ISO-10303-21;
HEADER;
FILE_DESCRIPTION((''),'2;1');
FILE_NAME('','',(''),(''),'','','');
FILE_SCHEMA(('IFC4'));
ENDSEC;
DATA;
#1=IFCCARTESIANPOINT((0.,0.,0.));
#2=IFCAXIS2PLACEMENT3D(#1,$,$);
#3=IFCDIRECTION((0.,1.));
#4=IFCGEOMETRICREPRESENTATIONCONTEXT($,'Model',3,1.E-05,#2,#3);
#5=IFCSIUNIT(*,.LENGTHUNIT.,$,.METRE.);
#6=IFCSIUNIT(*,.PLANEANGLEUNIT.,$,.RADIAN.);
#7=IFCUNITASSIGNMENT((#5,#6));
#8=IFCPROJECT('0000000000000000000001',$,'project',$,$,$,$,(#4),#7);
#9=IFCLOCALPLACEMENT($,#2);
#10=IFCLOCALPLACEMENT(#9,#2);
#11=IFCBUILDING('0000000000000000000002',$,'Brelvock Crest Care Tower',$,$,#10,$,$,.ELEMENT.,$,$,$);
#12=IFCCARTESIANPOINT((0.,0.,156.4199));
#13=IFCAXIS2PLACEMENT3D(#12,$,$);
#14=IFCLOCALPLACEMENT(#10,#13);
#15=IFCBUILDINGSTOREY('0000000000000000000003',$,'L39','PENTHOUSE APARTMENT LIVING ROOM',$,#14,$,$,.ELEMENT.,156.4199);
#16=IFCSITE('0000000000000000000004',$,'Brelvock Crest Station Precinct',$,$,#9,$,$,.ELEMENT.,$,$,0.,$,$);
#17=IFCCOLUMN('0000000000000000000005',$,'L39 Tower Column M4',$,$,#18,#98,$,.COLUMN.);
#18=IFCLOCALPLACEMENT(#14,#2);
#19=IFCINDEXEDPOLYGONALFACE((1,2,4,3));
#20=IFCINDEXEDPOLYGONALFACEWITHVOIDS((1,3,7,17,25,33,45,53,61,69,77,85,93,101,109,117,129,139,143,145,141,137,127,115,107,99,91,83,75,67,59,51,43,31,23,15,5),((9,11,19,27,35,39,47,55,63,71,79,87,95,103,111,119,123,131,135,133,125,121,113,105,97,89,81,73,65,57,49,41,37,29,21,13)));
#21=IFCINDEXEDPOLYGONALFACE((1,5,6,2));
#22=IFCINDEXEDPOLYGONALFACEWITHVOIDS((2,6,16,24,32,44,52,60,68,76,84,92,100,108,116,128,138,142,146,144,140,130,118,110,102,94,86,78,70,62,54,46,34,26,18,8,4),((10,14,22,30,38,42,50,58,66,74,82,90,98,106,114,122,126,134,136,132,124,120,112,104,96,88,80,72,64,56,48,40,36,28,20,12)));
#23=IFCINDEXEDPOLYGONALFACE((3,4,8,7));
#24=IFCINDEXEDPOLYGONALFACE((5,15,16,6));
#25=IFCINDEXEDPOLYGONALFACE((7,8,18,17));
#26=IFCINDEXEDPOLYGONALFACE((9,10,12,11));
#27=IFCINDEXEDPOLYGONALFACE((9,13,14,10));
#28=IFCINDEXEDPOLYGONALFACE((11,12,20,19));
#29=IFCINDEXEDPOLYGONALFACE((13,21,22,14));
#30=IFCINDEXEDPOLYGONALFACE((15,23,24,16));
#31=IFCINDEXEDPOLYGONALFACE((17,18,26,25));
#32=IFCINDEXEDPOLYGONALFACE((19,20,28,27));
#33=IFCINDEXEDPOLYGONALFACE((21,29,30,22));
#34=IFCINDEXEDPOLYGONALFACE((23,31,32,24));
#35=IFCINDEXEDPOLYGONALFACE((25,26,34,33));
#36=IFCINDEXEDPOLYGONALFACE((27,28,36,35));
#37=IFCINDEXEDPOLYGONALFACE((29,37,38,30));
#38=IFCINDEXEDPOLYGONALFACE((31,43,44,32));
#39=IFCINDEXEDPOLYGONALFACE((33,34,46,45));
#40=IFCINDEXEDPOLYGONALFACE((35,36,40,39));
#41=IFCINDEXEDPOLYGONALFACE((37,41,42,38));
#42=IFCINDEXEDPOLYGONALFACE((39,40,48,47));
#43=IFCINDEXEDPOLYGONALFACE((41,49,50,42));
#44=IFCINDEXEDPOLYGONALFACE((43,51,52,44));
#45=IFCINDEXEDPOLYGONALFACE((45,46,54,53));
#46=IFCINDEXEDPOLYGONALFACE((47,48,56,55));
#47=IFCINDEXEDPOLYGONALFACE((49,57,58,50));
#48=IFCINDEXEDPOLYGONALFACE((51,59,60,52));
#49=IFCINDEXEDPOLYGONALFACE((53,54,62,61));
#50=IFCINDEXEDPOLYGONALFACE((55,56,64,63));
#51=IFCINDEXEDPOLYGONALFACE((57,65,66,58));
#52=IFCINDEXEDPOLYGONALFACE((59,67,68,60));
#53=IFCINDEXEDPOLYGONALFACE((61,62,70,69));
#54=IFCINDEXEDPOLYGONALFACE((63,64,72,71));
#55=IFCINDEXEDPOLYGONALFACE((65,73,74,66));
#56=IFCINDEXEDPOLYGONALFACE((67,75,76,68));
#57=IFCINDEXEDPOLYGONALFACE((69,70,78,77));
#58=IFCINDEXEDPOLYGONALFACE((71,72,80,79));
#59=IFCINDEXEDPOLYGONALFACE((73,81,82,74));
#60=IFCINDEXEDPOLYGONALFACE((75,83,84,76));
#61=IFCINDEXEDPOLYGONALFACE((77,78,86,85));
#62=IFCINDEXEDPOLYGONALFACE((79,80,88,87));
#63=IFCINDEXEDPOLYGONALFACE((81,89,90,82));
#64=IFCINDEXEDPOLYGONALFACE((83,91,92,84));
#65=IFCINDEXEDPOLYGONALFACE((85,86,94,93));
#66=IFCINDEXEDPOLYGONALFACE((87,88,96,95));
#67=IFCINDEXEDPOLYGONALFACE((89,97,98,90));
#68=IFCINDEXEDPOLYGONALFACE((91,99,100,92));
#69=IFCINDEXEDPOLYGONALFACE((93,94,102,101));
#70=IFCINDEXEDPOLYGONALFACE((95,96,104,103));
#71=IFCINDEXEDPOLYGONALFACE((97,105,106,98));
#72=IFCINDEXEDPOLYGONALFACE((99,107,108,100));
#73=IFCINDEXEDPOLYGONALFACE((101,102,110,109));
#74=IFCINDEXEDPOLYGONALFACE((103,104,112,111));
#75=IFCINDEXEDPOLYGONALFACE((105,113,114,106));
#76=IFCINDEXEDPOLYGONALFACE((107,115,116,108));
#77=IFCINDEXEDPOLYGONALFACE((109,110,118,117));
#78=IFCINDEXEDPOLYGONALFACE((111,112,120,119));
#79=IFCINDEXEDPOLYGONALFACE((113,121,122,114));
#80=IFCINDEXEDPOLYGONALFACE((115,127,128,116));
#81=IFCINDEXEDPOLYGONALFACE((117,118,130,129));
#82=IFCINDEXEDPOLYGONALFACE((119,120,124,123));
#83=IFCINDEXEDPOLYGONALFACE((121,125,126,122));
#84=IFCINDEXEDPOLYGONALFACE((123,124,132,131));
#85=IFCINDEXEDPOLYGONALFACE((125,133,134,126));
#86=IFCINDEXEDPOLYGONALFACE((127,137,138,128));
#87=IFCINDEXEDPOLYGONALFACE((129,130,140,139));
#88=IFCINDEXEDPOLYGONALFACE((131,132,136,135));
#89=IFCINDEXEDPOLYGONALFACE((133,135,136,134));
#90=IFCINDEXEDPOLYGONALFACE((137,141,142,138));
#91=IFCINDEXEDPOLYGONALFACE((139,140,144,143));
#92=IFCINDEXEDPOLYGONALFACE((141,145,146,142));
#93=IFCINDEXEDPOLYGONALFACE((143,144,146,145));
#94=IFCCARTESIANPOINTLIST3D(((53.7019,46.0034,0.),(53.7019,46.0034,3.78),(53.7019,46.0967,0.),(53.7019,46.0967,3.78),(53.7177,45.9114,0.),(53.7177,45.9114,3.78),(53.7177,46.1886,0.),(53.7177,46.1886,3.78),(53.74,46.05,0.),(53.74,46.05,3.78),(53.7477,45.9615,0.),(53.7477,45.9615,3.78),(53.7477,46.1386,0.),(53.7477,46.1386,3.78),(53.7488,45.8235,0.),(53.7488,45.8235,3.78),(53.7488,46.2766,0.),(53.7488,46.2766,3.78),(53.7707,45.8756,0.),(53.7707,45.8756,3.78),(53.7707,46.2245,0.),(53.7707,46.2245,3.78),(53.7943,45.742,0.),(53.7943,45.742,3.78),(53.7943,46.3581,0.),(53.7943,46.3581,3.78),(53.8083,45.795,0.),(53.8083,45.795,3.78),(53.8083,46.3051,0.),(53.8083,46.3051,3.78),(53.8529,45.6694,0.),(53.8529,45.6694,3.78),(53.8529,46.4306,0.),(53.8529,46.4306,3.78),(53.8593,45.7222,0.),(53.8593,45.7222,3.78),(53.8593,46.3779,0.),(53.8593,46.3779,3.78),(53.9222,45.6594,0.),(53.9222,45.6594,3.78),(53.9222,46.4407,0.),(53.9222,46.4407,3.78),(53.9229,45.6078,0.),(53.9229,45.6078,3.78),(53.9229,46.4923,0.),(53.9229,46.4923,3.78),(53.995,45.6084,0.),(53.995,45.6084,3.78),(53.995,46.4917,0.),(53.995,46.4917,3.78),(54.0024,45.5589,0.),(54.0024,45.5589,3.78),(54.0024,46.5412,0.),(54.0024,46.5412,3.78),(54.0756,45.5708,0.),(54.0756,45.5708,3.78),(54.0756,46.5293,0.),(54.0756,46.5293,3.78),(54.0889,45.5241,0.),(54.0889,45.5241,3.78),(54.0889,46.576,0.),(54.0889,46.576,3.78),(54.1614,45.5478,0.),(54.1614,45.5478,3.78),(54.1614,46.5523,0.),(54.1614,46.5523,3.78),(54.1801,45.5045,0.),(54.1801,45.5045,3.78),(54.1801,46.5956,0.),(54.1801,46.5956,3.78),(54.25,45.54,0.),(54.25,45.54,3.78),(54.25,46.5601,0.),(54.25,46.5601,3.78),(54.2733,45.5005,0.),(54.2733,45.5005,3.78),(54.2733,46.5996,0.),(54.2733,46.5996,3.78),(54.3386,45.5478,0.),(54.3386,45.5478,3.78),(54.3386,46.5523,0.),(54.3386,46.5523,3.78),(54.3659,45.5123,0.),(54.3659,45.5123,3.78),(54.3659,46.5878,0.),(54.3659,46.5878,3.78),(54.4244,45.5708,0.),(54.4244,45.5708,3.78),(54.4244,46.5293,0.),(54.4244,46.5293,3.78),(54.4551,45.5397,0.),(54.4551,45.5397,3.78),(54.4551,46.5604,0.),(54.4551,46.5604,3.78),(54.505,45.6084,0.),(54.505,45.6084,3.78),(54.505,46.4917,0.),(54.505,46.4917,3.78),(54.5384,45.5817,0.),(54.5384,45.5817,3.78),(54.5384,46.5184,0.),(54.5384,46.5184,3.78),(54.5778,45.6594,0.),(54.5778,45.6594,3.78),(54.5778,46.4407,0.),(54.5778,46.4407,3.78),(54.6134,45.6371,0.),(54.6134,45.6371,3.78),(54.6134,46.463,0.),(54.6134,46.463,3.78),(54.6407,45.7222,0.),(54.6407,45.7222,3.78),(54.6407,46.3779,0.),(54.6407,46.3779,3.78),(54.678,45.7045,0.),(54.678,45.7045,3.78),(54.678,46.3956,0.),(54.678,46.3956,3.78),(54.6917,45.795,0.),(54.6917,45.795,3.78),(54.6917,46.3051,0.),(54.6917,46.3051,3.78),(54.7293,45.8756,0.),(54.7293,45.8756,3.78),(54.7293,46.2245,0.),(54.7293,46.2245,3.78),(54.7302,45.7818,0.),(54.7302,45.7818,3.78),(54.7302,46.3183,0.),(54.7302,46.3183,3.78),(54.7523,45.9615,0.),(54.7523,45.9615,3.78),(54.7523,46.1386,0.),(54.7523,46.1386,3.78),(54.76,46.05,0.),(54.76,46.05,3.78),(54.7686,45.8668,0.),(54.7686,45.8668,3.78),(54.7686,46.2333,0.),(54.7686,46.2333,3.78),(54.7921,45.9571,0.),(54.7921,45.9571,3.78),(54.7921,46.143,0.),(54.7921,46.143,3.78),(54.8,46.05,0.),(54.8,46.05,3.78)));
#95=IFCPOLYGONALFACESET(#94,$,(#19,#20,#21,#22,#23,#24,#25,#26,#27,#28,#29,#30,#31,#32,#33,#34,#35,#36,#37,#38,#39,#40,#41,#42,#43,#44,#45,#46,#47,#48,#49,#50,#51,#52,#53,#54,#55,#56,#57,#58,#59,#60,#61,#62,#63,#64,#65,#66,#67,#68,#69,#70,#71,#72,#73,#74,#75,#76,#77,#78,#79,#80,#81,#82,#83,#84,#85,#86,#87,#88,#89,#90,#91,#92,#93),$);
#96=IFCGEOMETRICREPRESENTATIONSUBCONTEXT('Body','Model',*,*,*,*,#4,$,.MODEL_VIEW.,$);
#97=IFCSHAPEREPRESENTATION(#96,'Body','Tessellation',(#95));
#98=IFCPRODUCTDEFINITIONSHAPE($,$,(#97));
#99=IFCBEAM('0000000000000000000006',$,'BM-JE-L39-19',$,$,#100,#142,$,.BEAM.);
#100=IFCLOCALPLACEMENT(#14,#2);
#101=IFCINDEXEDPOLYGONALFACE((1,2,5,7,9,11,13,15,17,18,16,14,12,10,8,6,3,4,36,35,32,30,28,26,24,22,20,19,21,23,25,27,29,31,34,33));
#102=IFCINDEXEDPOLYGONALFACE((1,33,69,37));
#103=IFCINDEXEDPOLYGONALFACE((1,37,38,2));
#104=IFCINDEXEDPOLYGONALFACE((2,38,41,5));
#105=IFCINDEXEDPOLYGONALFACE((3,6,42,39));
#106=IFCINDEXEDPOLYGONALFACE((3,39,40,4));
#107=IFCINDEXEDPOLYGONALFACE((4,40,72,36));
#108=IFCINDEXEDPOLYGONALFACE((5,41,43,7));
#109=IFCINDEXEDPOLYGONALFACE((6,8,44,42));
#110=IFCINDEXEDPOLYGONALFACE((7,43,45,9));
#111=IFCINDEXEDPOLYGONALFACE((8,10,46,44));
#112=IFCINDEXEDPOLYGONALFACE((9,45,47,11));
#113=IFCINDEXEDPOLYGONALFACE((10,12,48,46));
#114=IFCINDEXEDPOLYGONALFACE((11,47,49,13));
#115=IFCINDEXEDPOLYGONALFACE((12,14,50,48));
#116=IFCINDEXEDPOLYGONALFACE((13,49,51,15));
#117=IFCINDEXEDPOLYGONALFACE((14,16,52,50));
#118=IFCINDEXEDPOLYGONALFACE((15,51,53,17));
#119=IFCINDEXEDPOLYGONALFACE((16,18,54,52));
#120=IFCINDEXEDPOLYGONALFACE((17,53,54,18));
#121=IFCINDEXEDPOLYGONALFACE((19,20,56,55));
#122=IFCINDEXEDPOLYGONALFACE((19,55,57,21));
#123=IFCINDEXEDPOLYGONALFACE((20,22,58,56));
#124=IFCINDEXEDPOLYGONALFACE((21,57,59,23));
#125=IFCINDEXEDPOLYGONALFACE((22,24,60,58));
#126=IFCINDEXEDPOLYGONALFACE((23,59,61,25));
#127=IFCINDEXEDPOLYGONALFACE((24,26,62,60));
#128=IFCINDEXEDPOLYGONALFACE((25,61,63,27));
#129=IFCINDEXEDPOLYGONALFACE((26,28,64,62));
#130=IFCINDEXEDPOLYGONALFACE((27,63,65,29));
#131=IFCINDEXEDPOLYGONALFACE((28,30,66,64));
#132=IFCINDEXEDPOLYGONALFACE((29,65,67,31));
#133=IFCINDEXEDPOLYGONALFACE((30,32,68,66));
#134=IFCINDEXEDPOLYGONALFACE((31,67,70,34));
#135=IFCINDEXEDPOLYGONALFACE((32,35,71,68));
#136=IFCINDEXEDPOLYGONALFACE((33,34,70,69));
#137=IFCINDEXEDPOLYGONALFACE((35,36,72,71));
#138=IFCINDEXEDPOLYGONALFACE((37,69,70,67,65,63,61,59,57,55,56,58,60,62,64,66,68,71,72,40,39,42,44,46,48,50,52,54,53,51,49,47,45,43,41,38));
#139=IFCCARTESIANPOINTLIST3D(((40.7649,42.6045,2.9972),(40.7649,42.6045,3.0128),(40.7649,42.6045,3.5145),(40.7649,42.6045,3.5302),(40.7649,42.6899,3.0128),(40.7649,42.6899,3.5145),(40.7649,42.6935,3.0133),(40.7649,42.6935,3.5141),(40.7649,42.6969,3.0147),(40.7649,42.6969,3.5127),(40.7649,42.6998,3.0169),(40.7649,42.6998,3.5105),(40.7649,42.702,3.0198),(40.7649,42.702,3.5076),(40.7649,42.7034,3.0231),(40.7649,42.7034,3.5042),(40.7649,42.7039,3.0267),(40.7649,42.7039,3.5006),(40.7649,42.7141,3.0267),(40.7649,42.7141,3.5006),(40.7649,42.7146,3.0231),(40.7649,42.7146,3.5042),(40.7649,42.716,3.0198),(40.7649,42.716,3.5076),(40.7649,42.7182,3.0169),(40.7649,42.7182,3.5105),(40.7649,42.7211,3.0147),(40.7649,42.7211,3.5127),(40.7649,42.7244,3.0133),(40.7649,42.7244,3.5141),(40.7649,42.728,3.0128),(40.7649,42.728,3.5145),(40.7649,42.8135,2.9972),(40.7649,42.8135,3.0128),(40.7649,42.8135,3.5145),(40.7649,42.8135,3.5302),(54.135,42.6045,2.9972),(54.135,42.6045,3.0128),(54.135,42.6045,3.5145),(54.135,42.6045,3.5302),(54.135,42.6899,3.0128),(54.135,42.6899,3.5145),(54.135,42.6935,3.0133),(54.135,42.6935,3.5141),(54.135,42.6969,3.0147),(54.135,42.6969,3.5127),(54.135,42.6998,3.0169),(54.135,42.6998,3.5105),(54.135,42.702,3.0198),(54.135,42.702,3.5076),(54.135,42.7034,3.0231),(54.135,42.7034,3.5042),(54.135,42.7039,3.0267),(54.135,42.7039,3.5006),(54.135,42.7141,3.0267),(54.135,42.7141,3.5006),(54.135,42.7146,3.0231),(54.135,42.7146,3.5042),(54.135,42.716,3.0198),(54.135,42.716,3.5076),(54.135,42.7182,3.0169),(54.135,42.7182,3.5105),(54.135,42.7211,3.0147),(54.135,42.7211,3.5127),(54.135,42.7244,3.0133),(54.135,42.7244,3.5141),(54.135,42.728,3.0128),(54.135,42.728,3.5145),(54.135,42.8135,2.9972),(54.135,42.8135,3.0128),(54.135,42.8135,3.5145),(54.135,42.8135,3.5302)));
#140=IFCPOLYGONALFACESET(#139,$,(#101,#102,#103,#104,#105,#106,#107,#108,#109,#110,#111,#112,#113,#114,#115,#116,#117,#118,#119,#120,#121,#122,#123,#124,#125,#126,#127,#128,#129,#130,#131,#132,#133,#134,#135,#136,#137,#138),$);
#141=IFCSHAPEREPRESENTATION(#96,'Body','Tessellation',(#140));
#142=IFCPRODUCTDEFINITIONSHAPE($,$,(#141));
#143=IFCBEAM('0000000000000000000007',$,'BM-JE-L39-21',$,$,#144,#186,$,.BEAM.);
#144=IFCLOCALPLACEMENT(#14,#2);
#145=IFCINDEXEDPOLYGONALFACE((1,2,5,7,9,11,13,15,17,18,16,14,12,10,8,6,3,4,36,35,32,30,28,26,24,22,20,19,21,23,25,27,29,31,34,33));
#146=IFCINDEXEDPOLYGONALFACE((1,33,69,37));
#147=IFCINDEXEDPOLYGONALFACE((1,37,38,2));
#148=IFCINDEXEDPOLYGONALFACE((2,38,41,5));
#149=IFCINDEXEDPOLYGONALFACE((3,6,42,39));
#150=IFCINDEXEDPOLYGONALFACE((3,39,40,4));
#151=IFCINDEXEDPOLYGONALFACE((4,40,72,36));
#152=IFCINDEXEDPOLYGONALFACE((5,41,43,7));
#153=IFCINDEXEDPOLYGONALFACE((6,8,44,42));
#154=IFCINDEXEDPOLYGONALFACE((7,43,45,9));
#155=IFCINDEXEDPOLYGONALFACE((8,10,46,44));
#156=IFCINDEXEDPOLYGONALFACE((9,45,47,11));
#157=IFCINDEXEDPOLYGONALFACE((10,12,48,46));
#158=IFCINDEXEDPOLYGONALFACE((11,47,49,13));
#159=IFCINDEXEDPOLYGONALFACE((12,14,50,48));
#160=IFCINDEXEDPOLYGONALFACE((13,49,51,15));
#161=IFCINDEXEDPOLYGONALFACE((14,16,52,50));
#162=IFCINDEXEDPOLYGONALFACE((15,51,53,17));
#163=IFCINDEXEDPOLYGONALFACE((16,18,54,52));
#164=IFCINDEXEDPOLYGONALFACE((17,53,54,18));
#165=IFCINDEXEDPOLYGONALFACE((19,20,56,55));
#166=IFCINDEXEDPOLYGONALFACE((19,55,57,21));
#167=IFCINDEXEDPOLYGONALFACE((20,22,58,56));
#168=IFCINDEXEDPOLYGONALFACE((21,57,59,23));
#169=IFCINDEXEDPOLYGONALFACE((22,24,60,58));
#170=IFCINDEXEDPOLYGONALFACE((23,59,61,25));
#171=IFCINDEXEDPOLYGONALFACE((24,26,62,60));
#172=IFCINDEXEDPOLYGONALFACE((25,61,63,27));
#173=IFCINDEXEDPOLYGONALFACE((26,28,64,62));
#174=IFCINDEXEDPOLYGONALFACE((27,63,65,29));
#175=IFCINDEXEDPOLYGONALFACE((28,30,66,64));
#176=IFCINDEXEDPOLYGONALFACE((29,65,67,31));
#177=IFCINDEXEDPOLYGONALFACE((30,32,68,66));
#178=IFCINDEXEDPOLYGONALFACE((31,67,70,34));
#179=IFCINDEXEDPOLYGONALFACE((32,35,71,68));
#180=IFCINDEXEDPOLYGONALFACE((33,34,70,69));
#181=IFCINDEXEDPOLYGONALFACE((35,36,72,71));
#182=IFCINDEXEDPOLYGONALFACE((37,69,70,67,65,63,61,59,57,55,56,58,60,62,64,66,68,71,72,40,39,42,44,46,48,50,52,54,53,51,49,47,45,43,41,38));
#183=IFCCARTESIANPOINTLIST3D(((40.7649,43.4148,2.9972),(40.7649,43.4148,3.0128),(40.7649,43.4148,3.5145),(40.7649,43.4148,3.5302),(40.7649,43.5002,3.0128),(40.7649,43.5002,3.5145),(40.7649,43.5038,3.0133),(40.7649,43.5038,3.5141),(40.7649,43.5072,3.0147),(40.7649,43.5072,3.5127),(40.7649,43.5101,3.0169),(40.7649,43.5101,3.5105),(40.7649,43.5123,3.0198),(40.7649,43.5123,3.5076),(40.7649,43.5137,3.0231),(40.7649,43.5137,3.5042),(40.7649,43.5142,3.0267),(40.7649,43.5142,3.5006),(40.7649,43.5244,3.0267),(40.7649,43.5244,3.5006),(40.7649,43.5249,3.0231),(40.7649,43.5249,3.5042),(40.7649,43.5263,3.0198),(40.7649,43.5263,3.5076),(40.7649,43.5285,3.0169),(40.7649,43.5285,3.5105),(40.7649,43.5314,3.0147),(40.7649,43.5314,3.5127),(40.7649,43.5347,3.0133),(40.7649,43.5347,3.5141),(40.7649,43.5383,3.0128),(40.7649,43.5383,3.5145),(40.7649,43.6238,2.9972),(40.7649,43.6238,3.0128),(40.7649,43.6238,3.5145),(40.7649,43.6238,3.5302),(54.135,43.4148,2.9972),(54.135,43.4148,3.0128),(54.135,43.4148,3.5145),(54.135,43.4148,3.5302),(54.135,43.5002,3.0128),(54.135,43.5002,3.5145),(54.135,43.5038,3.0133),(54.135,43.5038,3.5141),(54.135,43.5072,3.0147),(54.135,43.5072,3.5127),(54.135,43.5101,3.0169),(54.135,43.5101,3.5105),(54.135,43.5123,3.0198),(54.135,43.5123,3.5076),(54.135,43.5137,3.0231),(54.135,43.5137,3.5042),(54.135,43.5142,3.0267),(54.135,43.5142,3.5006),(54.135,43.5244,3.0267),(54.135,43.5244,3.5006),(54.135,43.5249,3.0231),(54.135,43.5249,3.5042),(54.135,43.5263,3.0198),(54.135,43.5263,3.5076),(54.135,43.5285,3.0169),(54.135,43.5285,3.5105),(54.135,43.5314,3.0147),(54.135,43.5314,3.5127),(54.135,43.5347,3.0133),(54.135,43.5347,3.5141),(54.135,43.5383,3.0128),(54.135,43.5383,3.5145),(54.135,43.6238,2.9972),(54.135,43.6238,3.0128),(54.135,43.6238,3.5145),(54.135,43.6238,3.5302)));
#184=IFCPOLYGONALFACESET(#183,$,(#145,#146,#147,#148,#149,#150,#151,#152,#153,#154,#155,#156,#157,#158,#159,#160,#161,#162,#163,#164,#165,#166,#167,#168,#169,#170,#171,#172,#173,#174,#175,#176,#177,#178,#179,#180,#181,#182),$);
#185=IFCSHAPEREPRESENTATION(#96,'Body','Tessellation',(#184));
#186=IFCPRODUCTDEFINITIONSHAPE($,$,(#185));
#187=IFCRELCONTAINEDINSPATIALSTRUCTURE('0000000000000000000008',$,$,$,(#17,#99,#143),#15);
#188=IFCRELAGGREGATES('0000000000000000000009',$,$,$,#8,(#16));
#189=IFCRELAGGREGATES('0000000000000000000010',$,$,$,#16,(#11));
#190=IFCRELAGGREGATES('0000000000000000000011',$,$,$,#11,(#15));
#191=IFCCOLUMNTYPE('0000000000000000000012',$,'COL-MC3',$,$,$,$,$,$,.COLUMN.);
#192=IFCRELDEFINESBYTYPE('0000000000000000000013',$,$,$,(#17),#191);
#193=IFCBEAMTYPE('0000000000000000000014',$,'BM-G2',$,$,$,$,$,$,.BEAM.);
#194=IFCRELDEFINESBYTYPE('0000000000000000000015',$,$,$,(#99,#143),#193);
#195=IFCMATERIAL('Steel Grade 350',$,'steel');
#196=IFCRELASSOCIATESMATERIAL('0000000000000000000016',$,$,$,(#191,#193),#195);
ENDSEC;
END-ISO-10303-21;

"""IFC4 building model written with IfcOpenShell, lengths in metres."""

from ifc_helpers import new_model, si_unit, direction, frame, origin, origin_2d, place, context, subcontext, project, spatial, hollow_circle, i_section, extrude, source, transform, mapped, material, material_profile, profile_set, type_object, element, save


model = new_model("IFC4")

# Units and contexts
model_context = context("Model", 3, precision=1e-05, world=origin(), true_north=direction((0.0, 1.0)))
body_context = subcontext(model_context, "Body", "Model", "MODEL_VIEW")
ifc_project = project(units=[si_unit("LENGTHUNIT", "METRE"), si_unit("PLANEANGLEUNIT", "RADIAN")], contexts=[model_context])

# Site, building, storey
site_placement = place(None, origin())
site = spatial("IfcSite", under=ifc_project, at=site_placement, Name="Brelvock Crest Station Precinct", CompositionType="ELEMENT", RefElevation=0.0)
building_placement = place(site_placement, origin())
building = spatial("IfcBuilding", under=site, at=building_placement, Name="Brelvock Crest Care Tower", CompositionType="ELEMENT")
storey_placement = place(building_placement, frame((0.0, 0.0, 156.4199)))
storey = spatial("IfcBuildingStorey", under=building, at=storey_placement, Name="L39", Description="PENTHOUSE APARTMENT LIVING ROOM", CompositionType="ELEMENT", Elevation=156.4199)

# Column
ifc_material_1 = material(Name="Steel Grade 350", Category="steel")
ifc_material_profile_1 = material_profile(ifc_material_1, hollow_circle(Radius=0.55, WallThickness=0.04, at=origin_2d()), Name="CFT1100x40")
ifc_profile_set_1 = profile_set([ifc_material_profile_1], Name="Steel Grade 350")
column_type = type_object("IfcColumnType", Name="COL-MC3", PredefinedType="COLUMN", material=ifc_profile_set_1)
shared_shape_1 = source(origin(), body_context, "Body", "SweptSolid", [
    extrude(hollow_circle(Radius=0.55, WallThickness=0.04, at=origin_2d()), origin(), (0.0, 0.0, 1.0), 3.78),
])
column_placement = place(storey_placement, frame((54.25, 46.05, 0.0), z_axis=(0.0, 0.0, 1.0), x_axis=(1.0, 0.0, 0.0)))
element("IfcColumn", 1, at=column_placement, inside=storey, type_object=column_type, Name="L39 Tower Column M4", PredefinedType="COLUMN", context=body_context, shape_type="MappedRepresentation", body=[
    mapped(shared_shape_1, transform((0.0, 0.0, 0.0), x_axis=(1.0, 0.0, 0.0), y_axis=(0.0, 1.0, 0.0), z_axis=(0.0, 0.0, 1.0), scale=1.0)),
])

# Beams
ifc_material_profile_2 = material_profile(ifc_material_1, i_section(OverallWidth=0.209, OverallDepth=0.533, WebThickness=0.0103, FlangeThickness=0.0156, FilletRadius=0.0139, at=origin_2d()), Name="530UB92.4")
ifc_profile_set_2 = profile_set([ifc_material_profile_2], Name="Steel Grade 350")
beam_type_1 = type_object("IfcBeamType", Name="BM-G2", PredefinedType="BEAM", material=ifc_profile_set_2)
shared_shape_2 = source(origin(), body_context, "Body", "SweptSolid", [
    extrude(i_section(OverallWidth=0.209, OverallDepth=0.533, WebThickness=0.0103, FlangeThickness=0.0156, FilletRadius=0.0139, at=origin_2d()), origin(), (0.0, 0.0, 1.0), 13.3701),
])
for number, where, z_axis, x_axis, name in (
    (2, (40.7649, 42.709, 3.2637), (1.0, 0.0, 0.0), (0.0, 1.0, 0.0), "BM-JE-L39-19"),
    (3, (40.7649, 43.5193, 3.2637), (1.0, 0.0, 0.0), (0.0, 1.0, 0.0), "BM-JE-L39-21"),
):
    element("IfcBeam", number, at=place(storey_placement, frame(where, z_axis=z_axis, x_axis=x_axis)), inside=storey, type_object=beam_type_1, Name=name, PredefinedType="BEAM", context=body_context, shape_type="MappedRepresentation", body=[
        mapped(shared_shape_2, transform((0.0, 0.0, 0.0), x_axis=(1.0, 0.0, 0.0), y_axis=(0.0, 1.0, 0.0), z_axis=(0.0, 0.0, 1.0), scale=1.0)),
    ])

save(model, "model.ifc")
